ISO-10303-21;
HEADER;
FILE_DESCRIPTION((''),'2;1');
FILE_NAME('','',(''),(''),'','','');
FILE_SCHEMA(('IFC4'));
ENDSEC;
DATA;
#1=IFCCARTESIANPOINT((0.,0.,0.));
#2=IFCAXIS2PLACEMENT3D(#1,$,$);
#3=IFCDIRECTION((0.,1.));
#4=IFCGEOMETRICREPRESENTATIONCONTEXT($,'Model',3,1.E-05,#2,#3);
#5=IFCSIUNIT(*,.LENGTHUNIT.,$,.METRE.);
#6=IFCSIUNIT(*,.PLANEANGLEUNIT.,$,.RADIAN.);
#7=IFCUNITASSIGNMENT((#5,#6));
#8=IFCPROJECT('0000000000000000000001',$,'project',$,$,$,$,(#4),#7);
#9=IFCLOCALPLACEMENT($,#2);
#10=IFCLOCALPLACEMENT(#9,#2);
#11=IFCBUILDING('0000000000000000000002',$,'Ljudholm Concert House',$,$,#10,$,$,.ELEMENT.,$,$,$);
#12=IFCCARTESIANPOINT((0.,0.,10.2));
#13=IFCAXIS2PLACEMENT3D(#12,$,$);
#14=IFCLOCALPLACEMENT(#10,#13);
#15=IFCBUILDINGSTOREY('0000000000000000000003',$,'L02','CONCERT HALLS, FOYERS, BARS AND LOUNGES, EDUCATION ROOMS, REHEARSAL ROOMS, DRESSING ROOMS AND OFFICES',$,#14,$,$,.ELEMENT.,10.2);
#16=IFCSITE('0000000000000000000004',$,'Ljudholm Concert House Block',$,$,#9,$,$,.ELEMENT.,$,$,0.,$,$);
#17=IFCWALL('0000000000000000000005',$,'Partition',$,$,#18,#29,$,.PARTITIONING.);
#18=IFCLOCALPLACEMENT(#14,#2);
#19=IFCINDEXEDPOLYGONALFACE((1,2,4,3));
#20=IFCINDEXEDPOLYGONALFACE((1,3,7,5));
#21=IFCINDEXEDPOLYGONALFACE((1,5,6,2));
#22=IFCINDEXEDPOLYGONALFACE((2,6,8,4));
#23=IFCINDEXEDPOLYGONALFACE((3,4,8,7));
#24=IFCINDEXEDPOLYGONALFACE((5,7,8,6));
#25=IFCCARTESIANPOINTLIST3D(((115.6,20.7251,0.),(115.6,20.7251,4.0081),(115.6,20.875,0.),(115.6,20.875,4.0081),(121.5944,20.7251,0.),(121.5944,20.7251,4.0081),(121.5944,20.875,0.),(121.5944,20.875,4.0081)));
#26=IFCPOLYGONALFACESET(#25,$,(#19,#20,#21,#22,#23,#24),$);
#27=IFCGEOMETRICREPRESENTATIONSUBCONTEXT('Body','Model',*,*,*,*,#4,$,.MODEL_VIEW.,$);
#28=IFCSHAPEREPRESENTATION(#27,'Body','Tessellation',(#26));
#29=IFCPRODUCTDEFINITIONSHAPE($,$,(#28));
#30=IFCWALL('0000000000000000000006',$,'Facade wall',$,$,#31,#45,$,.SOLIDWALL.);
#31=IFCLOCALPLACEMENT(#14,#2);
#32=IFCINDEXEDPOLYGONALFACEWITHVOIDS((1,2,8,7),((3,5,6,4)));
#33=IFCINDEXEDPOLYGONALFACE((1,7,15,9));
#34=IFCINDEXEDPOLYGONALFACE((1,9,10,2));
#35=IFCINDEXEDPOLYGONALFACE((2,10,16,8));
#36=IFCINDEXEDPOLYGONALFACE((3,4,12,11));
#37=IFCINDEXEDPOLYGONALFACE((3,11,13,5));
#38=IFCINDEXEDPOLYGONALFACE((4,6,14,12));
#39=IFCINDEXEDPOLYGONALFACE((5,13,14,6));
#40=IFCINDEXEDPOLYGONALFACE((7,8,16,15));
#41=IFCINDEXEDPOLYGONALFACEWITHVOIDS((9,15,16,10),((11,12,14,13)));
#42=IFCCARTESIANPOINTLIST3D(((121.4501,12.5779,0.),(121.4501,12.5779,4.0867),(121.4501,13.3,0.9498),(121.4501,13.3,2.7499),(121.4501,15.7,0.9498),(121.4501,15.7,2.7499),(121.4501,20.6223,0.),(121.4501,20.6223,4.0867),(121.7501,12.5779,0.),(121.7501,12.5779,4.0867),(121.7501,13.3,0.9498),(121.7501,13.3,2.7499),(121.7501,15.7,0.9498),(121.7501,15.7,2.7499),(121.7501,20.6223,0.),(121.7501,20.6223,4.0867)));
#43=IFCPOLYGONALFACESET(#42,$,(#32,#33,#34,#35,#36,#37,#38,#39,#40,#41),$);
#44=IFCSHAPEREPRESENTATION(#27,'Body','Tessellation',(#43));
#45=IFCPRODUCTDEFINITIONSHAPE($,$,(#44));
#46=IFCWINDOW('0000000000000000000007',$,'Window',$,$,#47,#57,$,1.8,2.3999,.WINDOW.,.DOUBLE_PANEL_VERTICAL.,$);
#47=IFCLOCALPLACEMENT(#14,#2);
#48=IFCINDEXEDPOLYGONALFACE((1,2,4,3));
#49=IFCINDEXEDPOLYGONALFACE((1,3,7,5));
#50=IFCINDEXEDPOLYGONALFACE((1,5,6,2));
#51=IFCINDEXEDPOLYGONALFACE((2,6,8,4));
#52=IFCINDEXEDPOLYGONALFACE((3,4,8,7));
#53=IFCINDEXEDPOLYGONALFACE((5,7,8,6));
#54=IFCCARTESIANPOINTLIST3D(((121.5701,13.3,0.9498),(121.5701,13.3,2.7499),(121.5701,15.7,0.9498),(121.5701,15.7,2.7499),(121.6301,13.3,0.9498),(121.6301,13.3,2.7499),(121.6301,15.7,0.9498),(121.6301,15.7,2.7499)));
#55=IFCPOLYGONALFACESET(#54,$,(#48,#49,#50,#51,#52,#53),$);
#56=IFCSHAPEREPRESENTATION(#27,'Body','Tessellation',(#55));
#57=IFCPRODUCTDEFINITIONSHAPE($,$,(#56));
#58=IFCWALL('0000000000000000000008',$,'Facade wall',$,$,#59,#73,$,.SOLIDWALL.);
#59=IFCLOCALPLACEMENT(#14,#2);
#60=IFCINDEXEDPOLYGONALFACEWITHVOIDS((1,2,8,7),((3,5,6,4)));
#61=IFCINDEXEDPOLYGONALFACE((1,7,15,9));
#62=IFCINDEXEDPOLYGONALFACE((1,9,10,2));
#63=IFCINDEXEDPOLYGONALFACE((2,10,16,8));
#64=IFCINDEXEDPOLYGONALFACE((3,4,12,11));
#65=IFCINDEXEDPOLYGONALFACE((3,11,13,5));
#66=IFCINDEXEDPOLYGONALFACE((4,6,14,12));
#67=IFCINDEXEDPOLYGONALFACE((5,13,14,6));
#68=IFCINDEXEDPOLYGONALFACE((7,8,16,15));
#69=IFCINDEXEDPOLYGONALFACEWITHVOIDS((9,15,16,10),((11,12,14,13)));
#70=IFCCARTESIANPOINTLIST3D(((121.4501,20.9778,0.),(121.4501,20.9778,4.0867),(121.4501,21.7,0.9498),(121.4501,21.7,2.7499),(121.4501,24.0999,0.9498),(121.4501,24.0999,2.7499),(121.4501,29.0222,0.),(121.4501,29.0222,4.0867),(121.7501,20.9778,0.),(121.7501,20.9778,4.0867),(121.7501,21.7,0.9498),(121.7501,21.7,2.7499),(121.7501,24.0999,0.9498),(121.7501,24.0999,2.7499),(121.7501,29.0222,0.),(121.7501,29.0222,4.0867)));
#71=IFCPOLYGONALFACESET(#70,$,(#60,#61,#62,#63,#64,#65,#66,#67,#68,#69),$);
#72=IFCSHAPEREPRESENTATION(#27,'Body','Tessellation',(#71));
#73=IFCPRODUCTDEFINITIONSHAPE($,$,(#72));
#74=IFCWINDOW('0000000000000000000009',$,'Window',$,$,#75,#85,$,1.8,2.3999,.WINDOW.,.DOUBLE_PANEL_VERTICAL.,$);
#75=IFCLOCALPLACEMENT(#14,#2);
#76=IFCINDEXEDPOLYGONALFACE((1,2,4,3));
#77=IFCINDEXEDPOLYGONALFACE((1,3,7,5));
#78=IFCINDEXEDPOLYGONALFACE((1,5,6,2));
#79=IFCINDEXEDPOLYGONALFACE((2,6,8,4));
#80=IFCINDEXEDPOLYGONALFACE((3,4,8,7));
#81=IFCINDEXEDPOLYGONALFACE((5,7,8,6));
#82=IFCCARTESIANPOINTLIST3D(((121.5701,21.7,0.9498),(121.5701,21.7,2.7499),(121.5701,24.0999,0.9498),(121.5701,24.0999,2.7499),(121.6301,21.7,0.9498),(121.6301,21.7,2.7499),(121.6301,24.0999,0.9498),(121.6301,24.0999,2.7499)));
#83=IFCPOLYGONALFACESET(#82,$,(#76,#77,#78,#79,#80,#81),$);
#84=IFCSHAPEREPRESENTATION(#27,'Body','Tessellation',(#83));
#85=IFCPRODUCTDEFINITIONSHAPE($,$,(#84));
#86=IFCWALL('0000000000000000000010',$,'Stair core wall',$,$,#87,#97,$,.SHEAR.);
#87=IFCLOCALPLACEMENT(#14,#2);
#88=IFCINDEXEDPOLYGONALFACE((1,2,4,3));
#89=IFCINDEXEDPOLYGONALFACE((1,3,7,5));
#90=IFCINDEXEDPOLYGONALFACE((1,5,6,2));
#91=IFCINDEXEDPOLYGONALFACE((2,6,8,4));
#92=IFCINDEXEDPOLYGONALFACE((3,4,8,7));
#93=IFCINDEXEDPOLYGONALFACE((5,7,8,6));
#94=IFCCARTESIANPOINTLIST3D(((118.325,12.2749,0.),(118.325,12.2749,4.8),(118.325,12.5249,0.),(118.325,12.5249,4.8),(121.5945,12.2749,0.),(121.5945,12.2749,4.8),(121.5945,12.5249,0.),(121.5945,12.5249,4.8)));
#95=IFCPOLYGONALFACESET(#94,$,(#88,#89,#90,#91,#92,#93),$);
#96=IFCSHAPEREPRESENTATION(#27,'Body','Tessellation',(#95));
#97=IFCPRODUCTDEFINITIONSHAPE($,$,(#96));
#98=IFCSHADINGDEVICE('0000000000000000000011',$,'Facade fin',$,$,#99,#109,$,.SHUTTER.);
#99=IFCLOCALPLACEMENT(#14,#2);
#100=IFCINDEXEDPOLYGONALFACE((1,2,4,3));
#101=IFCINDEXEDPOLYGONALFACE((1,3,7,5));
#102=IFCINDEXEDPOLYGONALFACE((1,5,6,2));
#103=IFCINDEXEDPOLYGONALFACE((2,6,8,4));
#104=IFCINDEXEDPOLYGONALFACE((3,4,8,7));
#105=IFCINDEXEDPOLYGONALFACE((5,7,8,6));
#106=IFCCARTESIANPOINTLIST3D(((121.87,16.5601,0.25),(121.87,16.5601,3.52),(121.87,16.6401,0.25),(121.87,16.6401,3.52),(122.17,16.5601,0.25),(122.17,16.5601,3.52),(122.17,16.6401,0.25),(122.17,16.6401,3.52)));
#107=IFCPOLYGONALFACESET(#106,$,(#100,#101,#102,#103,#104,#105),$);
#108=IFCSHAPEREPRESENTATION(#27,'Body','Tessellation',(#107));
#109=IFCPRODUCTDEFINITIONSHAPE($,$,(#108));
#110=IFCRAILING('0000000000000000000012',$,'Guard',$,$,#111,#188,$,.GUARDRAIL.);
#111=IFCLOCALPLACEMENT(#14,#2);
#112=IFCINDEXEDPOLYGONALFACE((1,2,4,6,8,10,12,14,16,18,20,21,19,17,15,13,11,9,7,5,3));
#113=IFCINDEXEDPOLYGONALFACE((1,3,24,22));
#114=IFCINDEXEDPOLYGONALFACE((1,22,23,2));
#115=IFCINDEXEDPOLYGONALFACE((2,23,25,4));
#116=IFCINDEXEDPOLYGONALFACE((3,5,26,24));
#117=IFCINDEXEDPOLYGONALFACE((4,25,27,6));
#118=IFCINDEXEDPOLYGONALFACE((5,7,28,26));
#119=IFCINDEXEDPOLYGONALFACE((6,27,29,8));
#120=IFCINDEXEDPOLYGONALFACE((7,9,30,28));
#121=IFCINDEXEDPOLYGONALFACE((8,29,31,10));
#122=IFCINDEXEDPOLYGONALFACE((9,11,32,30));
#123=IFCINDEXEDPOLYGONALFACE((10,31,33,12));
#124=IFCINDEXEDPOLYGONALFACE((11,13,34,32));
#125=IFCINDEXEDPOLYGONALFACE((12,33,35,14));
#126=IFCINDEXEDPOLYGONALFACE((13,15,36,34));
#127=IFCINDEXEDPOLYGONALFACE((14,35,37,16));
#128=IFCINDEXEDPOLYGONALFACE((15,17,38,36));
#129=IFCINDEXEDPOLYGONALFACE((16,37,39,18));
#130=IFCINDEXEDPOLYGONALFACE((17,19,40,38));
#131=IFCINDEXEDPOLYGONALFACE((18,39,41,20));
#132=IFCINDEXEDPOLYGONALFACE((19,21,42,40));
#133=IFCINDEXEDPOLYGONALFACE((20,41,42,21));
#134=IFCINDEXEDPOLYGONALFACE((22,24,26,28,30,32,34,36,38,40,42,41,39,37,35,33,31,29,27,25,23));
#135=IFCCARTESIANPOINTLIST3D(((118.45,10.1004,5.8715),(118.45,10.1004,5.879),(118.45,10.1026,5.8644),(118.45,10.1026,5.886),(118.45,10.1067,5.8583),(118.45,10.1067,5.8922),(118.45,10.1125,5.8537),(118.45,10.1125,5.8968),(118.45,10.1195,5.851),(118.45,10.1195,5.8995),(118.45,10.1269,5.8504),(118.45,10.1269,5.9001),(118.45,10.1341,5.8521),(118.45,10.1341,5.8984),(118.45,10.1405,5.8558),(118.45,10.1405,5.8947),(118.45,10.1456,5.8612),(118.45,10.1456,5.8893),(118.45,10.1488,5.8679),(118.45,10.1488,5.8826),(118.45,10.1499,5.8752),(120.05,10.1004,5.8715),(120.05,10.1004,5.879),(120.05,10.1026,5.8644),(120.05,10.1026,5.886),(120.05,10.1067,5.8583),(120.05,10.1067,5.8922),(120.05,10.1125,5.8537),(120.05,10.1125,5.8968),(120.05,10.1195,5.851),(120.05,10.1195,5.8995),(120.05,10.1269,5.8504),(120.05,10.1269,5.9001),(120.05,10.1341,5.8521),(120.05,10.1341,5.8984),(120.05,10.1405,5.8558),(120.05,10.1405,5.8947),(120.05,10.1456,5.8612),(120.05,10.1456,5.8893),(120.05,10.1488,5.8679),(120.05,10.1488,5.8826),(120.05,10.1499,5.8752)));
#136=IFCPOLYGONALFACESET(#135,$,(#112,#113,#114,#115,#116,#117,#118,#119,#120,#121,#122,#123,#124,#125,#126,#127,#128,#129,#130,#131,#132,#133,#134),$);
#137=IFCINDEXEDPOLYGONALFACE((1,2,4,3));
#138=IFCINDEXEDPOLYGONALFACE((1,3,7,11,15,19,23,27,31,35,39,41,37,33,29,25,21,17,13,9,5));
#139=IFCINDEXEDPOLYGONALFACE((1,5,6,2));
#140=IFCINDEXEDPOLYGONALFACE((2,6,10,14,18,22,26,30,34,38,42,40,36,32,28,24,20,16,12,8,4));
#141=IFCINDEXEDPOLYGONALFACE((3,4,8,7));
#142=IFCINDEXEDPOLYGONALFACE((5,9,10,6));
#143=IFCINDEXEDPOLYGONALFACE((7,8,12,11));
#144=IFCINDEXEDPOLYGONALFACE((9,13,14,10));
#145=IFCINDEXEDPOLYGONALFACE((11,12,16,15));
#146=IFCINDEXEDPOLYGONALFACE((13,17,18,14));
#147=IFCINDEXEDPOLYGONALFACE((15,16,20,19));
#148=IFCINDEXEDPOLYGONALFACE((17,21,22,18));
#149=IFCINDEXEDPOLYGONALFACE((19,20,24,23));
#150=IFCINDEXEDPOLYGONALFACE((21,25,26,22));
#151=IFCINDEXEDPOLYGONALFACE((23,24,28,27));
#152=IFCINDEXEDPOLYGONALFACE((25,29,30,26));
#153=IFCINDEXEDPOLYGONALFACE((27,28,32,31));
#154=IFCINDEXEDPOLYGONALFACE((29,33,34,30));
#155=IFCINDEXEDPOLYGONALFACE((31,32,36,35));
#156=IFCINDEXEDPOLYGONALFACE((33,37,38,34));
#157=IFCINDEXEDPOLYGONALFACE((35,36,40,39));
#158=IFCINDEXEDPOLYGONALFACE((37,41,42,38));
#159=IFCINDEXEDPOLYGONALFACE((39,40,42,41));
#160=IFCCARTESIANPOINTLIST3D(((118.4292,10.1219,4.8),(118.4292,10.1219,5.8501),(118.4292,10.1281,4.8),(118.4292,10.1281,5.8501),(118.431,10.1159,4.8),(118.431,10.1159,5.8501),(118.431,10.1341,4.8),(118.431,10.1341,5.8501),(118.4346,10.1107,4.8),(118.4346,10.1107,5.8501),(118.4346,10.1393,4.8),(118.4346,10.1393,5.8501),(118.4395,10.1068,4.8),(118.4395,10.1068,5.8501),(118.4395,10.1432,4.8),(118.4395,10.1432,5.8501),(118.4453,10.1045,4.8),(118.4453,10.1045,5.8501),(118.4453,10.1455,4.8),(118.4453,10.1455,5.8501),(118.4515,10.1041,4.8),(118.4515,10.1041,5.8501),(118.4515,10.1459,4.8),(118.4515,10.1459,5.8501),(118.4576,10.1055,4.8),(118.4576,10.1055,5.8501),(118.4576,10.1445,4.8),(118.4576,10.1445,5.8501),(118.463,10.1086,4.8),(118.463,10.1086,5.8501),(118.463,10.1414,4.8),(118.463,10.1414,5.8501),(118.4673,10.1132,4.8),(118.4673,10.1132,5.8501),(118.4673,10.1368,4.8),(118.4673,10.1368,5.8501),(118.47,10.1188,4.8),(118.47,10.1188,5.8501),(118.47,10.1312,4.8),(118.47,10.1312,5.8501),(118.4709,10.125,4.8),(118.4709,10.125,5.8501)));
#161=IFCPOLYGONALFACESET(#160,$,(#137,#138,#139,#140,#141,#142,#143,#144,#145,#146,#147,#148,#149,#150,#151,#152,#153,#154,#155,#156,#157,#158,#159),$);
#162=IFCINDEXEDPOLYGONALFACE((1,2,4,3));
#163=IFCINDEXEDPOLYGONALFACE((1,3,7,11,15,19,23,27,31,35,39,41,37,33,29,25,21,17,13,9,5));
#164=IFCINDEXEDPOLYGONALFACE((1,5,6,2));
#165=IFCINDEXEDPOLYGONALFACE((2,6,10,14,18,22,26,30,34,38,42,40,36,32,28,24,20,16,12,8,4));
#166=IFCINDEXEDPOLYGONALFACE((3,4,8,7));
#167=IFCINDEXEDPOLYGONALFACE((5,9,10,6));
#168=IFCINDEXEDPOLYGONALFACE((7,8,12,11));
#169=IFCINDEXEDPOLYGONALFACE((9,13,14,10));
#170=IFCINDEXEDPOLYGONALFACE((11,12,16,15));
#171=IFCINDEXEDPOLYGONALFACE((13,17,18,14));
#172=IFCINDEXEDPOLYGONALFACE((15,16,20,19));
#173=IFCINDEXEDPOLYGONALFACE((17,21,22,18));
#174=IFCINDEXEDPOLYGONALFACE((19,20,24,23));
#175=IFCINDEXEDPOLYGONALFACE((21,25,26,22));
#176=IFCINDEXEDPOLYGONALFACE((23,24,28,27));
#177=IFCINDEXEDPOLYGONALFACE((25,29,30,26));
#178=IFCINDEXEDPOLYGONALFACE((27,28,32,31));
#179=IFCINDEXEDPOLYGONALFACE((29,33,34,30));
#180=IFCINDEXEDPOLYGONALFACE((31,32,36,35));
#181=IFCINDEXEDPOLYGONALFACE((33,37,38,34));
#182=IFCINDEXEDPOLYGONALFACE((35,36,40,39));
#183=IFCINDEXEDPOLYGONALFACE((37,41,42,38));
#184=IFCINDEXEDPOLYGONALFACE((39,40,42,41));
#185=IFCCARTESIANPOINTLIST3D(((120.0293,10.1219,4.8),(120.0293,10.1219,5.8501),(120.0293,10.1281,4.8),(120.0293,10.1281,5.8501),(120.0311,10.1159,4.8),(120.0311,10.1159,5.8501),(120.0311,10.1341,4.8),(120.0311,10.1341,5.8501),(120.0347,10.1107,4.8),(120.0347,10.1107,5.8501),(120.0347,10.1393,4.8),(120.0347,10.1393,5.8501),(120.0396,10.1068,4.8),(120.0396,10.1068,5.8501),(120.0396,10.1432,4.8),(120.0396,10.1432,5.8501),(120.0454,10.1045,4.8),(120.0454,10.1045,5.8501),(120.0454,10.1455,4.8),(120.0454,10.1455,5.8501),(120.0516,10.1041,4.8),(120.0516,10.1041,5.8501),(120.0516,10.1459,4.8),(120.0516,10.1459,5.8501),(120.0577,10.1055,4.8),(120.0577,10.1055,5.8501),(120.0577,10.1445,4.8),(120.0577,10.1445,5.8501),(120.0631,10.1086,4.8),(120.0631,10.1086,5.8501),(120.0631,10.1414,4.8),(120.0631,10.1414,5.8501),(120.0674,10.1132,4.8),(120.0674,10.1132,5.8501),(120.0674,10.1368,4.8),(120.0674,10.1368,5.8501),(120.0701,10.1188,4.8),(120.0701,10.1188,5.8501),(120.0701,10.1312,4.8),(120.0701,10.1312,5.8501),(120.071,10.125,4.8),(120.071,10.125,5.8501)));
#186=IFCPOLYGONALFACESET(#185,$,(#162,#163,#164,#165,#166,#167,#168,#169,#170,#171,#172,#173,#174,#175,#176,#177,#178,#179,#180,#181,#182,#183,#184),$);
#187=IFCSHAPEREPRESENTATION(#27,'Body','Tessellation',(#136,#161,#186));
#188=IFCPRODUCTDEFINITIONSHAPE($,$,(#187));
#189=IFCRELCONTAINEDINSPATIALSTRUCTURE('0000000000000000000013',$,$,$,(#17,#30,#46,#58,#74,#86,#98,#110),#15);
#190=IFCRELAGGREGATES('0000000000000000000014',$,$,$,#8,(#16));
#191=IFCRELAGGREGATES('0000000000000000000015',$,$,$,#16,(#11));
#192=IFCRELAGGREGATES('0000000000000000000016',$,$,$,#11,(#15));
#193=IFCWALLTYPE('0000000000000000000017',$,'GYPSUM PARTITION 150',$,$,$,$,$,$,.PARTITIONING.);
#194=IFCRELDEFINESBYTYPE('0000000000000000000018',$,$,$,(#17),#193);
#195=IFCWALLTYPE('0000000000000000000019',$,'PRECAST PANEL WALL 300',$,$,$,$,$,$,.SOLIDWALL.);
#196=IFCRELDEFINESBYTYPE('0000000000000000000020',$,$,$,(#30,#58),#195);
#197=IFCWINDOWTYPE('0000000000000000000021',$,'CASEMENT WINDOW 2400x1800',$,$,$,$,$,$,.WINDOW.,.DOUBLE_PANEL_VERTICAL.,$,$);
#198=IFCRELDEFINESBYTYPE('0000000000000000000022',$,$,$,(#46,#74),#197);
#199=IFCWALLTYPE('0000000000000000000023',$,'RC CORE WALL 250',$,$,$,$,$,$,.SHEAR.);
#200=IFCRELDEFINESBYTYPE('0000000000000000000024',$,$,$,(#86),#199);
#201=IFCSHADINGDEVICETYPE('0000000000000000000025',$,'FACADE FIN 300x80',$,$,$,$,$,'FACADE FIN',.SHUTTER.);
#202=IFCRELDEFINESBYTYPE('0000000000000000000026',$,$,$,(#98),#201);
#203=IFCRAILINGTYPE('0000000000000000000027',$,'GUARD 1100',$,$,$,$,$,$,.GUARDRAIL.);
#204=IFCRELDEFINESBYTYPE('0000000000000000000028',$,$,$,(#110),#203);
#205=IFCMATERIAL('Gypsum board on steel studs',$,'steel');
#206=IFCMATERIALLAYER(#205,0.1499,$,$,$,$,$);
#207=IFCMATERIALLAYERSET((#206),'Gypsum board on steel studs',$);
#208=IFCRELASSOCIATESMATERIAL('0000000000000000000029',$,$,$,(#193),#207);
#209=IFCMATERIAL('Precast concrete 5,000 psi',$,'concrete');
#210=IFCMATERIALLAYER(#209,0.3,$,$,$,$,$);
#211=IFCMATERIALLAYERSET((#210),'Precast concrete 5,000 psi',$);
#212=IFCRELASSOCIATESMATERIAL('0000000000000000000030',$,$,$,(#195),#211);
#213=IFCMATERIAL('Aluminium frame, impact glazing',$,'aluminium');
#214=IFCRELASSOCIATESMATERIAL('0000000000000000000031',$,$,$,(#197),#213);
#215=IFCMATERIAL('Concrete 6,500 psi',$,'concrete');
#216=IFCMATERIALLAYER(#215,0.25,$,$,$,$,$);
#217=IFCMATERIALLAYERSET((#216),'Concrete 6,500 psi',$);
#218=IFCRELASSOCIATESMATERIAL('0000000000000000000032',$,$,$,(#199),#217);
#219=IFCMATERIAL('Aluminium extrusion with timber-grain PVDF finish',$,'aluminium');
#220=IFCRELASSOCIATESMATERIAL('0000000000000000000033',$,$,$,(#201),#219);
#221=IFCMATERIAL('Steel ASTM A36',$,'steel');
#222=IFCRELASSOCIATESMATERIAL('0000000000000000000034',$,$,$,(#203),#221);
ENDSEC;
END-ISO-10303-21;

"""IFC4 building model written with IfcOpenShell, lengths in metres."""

from ifc_helpers import new_model, si_unit, direction, frame, frame_2d, origin, origin_2d, place, context, subcontext, project, spatial, rectangle, circle, extrude, material, layer, layer_set, type_object, element, fill, save


model = new_model("IFC4")

# Units and contexts
model_context = context("Model", 3, precision=1e-05, world=origin(), true_north=direction((0.0, 1.0)))
body_context = subcontext(model_context, "Body", "Model", "MODEL_VIEW")
ifc_project = project(units=[si_unit("LENGTHUNIT", "METRE"), si_unit("PLANEANGLEUNIT", "RADIAN")], contexts=[model_context])

# Site, building, storey
site_placement = place(None, origin())
site = spatial("IfcSite", under=ifc_project, at=site_placement, Name="Ljudholm Concert House Block", CompositionType="ELEMENT", RefElevation=0.0)
building_placement = place(site_placement, origin())
building = spatial("IfcBuilding", under=site, at=building_placement, Name="Ljudholm Concert House", CompositionType="ELEMENT")
storey_placement = place(building_placement, frame((0.0, 0.0, 10.2)))
storey = spatial("IfcBuildingStorey", under=building, at=storey_placement, Name="L02", Description="CONCERT HALLS, FOYERS, BARS AND LOUNGES, EDUCATION ROOMS, REHEARSAL ROOMS, DRESSING ROOMS AND OFFICES", CompositionType="ELEMENT", Elevation=10.2)

# Wall
ifc_material_1 = material(Name="Gypsum board on steel studs", Category="steel")
ifc_layer_1 = layer(ifc_material_1, 0.1499)
ifc_layer_set_1 = layer_set([ifc_layer_1], Name="Gypsum board on steel studs")
wall_type_1 = type_object("IfcWallType", Name="GYPSUM PARTITION 150", PredefinedType="PARTITIONING", material=ifc_layer_set_1)
wall_1_placement = place(storey_placement, frame((115.6001, 20.8, 0.0), z_axis=(0.0, 0.0, 1.0), x_axis=(1.0, 0.0, 0.0)))
element("IfcWall", 1, at=wall_1_placement, inside=storey, type_object=wall_type_1, Name="Partition", PredefinedType="PARTITIONING", context=body_context, shape_type="SweptSolid", body=[
    extrude(rectangle(XDim=5.9944, YDim=0.1499, at=frame_2d((2.9971, 0.0))), origin(), (0.0, 0.0, 1.0), 4.0081),
])

# Walls, openings, windows
ifc_material_2 = material(Name="Precast concrete 5,000 psi", Category="concrete")
ifc_layer_2 = layer(ifc_material_2, 0.3)
ifc_layer_set_2 = layer_set([ifc_layer_2], Name="Precast concrete 5,000 psi")
wall_type_2 = type_object("IfcWallType", Name="PRECAST PANEL WALL 300", PredefinedType="SOLIDWALL", material=ifc_layer_set_2)
wall_2_placement = place(storey_placement, frame((121.6001, 12.5779, 0.0), z_axis=(0.0, 0.0, 1.0), x_axis=(0.0, 1.0, 0.0)))
wall_2 = element("IfcWall", 2, at=wall_2_placement, inside=storey, type_object=wall_type_2, Name="Facade wall", PredefinedType="SOLIDWALL", context=body_context, shape_type="SweptSolid", body=[
    extrude(rectangle(XDim=8.0444, YDim=0.3, at=frame_2d((4.0222, 0.0))), origin(), (0.0, 0.0, 1.0), 4.0867),
])
opening_1_placement = place(wall_2_placement, frame((0.7222, 0.0, 0.95)))
opening_1 = element("IfcOpeningElement", 3, at=opening_1_placement, cuts=wall_2, PredefinedType="OPENING", context=body_context, shape_type="SweptSolid", body=[
    extrude(rectangle(XDim=2.3999, YDim=1.8, at=frame_2d((1.2, 0.8999))), frame((0.0, 0.1599, 0.0), z_axis=(0.0, -1.0, 0.0), x_axis=(1.0, 0.0, 0.0)), (0.0, 0.0, 1.0), 0.3201),
])
ifc_material_3 = material(Name="Aluminium frame, impact glazing", Category="aluminium")
window_type = type_object("IfcWindowType", Name="CASEMENT WINDOW 2400x1800", PartitioningType="DOUBLE_PANEL_VERTICAL", PredefinedType="WINDOW", material=ifc_material_3)
window_1_placement = place(opening_1_placement, origin())
window_1 = element("IfcWindow", 4, at=window_1_placement, inside=storey, type_object=window_type, Name="Window", OverallHeight=1.8, OverallWidth=2.3999, PartitioningType="DOUBLE_PANEL_VERTICAL", PredefinedType="WINDOW", context=body_context, shape_type="SweptSolid", body=[
    extrude(rectangle(XDim=2.3999, YDim=1.8, at=frame_2d((1.2, 0.8999))), frame((0.0, 0.03, 0.0), z_axis=(0.0, -1.0, 0.0), x_axis=(1.0, 0.0, 0.0)), (0.0, 0.0, 1.0), 0.0601),
])
fill(opening_1, window_1)
wall_3_placement = place(storey_placement, frame((121.6001, 20.9778, 0.0), z_axis=(0.0, 0.0, 1.0), x_axis=(0.0, 1.0, 0.0)))
wall_3 = element("IfcWall", 5, at=wall_3_placement, inside=storey, type_object=wall_type_2, Name="Facade wall", PredefinedType="SOLIDWALL", context=body_context, shape_type="SweptSolid", body=[
    extrude(rectangle(XDim=8.0444, YDim=0.3, at=frame_2d((4.0222, 0.0))), origin(), (0.0, 0.0, 1.0), 4.0867),
])
opening_2_placement = place(wall_3_placement, frame((0.7222, 0.0, 0.95)))
opening_2 = element("IfcOpeningElement", 6, at=opening_2_placement, cuts=wall_3, PredefinedType="OPENING", context=body_context, shape_type="SweptSolid", body=[
    extrude(rectangle(XDim=2.3999, YDim=1.8, at=frame_2d((1.2, 0.8999))), frame((0.0, 0.1599, 0.0), z_axis=(0.0, -1.0, 0.0), x_axis=(1.0, 0.0, 0.0)), (0.0, 0.0, 1.0), 0.3201),
])
window_2_placement = place(opening_2_placement, origin())
window_2 = element("IfcWindow", 7, at=window_2_placement, inside=storey, type_object=window_type, Name="Window", OverallHeight=1.8, OverallWidth=2.3999, PartitioningType="DOUBLE_PANEL_VERTICAL", PredefinedType="WINDOW", context=body_context, shape_type="SweptSolid", body=[
    extrude(rectangle(XDim=2.3999, YDim=1.8, at=frame_2d((1.2, 0.8999))), frame((0.0, 0.03, 0.0), z_axis=(0.0, -1.0, 0.0), x_axis=(1.0, 0.0, 0.0)), (0.0, 0.0, 1.0), 0.0601),
])
fill(opening_2, window_2)

# Wall
ifc_material_4 = material(Name="Concrete 6,500 psi", Category="concrete")
ifc_layer_3 = layer(ifc_material_4, 0.25)
ifc_layer_set_3 = layer_set([ifc_layer_3], Name="Concrete 6,500 psi")
wall_type_3 = type_object("IfcWallType", Name="RC CORE WALL 250", PredefinedType="SHEAR", material=ifc_layer_set_3)
wall_4_placement = place(storey_placement, frame((118.325, 12.3999, 0.0), z_axis=(0.0, 0.0, 1.0), x_axis=(1.0, 0.0, 0.0)))
element("IfcWall", 8, at=wall_4_placement, inside=storey, type_object=wall_type_3, Name="Stair core wall", PredefinedType="SHEAR", context=body_context, shape_type="SweptSolid", body=[
    extrude(rectangle(XDim=3.2695, YDim=0.25, at=frame_2d((1.6348, 0.0))), origin(), (0.0, 0.0, 1.0), 4.8),
])

# Shading device
ifc_material_5 = material(Name="Aluminium extrusion with timber-grain PVDF finish", Category="aluminium")
shading_device_type = type_object("IfcShadingDeviceType", Name="FACADE FIN 300x80", ElementType="FACADE FIN", PredefinedType="SHUTTER", material=ifc_material_5)
shading_device_placement = place(storey_placement, frame((122.02, 16.6001, 0.25), z_axis=(0.0, 0.0, 1.0), x_axis=(1.0, 0.0, 0.0)))
element("IfcShadingDevice", 9, at=shading_device_placement, inside=storey, type_object=shading_device_type, Name="Facade fin", PredefinedType="SHUTTER", context=body_context, shape_type="SweptSolid", body=[
    extrude(rectangle(XDim=0.3, YDim=0.0801, at=origin_2d()), origin(), (0.0, 0.0, 1.0), 3.27),
])

# Railing
ifc_material_6 = material(Name="Steel ASTM A36", Category="steel")
railing_type = type_object("IfcRailingType", Name="GUARD 1100", PredefinedType="GUARDRAIL", material=ifc_material_6)
railing_placement = place(storey_placement, frame((118.45, 10.125, 4.8)))
element("IfcRailing", 10, at=railing_placement, inside=storey, type_object=railing_type, Name="Guard", PredefinedType="GUARDRAIL", context=body_context, shape_type="SweptSolid", body=[
    extrude(circle(Radius=0.0249, at=origin_2d()), frame((0.0, 0.0, 1.0752), z_axis=(1.0, 0.0, 0.0), x_axis=(0.0, 1.0, 0.0)), (0.0, 0.0, 1.0), 1.6001),
    extrude(circle(Radius=0.021, at=origin_2d()), origin(), (0.0, 0.0, 1.0), 1.05),
    extrude(circle(Radius=0.021, at=origin_2d()), frame((1.6001, 0.0, 0.0)), (0.0, 0.0, 1.0), 1.05),
])

save(model, "model.ifc")
